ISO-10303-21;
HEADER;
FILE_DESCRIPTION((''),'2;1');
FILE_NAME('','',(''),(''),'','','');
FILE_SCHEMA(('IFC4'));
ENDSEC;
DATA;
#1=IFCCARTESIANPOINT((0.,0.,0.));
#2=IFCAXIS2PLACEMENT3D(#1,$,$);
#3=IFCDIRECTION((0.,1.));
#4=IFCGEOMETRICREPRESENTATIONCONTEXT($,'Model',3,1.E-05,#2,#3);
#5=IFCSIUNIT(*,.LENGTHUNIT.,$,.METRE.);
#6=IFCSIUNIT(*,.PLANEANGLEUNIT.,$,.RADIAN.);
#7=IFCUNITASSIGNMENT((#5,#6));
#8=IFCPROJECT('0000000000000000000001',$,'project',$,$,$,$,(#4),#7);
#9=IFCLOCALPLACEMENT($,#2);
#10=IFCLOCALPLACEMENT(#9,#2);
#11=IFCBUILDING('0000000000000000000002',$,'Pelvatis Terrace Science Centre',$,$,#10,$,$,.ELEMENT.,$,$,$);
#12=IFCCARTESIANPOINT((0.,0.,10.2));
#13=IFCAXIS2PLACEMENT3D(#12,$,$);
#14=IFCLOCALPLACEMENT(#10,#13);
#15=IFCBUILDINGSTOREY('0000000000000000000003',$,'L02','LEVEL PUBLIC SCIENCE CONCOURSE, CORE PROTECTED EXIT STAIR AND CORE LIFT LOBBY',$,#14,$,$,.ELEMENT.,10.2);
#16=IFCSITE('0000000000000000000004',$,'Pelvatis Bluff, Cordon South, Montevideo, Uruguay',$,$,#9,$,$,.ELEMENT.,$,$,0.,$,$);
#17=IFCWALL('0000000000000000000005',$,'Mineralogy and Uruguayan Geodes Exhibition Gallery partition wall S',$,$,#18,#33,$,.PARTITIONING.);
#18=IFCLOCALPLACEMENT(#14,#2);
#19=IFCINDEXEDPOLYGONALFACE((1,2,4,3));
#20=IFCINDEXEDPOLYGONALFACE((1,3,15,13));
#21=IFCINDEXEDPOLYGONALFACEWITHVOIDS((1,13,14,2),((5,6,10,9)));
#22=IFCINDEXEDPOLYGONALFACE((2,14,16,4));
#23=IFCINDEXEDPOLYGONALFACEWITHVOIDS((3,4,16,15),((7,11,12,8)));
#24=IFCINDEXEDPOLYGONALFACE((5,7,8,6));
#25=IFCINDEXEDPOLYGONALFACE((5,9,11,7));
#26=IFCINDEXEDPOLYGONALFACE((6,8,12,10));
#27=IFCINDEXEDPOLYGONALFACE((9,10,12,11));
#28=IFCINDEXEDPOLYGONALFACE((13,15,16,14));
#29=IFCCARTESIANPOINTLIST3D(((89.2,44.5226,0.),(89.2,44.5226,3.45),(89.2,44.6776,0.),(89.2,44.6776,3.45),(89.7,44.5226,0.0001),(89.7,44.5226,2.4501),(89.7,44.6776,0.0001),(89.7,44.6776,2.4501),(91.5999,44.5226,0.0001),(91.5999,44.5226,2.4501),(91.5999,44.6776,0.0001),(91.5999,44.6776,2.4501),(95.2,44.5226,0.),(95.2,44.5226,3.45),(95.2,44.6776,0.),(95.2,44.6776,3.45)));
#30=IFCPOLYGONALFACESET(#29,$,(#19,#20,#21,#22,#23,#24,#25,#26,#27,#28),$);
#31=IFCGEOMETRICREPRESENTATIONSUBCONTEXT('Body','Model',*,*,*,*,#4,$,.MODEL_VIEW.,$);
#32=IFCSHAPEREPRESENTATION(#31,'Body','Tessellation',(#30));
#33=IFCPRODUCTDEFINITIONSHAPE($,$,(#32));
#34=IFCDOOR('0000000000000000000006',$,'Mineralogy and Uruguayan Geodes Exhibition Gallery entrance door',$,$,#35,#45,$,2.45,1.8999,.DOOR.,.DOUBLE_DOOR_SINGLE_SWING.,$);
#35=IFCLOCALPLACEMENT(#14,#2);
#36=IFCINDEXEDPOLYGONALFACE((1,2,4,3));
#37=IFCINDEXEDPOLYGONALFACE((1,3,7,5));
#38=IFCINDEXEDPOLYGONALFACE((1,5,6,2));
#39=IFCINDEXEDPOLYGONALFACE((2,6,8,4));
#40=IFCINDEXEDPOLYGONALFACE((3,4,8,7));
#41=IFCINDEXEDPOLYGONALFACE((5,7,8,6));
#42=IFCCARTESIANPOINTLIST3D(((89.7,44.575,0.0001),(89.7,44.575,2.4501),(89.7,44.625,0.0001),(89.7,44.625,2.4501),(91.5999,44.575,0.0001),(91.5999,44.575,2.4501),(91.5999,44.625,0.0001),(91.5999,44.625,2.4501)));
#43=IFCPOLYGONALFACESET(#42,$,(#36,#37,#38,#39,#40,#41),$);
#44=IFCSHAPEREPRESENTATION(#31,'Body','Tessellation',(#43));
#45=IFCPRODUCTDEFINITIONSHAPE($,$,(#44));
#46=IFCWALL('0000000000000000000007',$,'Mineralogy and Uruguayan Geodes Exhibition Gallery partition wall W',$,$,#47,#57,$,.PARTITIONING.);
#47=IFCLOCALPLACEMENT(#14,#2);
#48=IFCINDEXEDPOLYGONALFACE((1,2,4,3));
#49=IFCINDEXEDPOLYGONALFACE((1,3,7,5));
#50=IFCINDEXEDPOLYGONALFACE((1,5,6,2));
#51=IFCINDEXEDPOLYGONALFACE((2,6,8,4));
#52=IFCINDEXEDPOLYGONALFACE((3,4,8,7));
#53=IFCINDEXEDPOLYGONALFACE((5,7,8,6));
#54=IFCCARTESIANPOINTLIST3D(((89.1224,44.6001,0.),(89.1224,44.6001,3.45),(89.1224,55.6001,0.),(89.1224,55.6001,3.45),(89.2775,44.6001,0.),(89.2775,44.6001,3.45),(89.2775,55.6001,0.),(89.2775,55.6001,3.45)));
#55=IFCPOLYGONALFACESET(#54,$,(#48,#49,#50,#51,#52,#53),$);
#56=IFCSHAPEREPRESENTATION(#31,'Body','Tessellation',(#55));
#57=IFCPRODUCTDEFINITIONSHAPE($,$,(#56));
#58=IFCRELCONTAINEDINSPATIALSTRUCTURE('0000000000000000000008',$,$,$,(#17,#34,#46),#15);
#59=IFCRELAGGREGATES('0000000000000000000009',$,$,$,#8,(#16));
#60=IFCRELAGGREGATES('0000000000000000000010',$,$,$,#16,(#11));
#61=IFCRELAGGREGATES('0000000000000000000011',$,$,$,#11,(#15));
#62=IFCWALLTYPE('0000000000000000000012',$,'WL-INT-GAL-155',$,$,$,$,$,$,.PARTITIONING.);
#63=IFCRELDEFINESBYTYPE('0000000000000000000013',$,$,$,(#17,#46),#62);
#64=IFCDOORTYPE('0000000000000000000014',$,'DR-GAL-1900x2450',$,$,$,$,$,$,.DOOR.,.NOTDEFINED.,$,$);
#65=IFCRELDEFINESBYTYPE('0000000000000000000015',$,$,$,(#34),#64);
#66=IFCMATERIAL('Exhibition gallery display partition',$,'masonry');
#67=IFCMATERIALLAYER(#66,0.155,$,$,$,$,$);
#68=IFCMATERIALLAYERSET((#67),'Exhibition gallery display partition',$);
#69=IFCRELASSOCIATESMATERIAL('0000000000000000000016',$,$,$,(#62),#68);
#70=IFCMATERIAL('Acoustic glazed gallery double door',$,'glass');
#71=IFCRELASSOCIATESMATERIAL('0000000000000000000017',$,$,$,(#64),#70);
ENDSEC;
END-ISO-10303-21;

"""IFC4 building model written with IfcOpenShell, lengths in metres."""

from ifc_helpers import new_model, si_unit, direction, frame, frame_2d, origin, place, context, subcontext, project, spatial, rectangle, extrude, material, layer, layer_set, type_object, element, fill, save


model = new_model("IFC4")

# Units and contexts
model_context = context("Model", 3, precision=1e-05, world=origin(), true_north=direction((0.0, 1.0)))
body_context = subcontext(model_context, "Body", "Model", "MODEL_VIEW")
ifc_project = project(units=[si_unit("LENGTHUNIT", "METRE"), si_unit("PLANEANGLEUNIT", "RADIAN")], contexts=[model_context])

# Site, building, storey
site_placement = place(None, origin())
site = spatial("IfcSite", under=ifc_project, at=site_placement, Name="Pelvatis Bluff, Cordon South, Montevideo, Uruguay", CompositionType="ELEMENT", RefElevation=0.0)
building_placement = place(site_placement, origin())
building = spatial("IfcBuilding", under=site, at=building_placement, Name="Pelvatis Terrace Science Centre", CompositionType="ELEMENT")
storey_placement = place(building_placement, frame((0.0, 0.0, 10.2)))
storey = spatial("IfcBuildingStorey", under=building, at=storey_placement, Name="L02", Description="LEVEL PUBLIC SCIENCE CONCOURSE, CORE PROTECTED EXIT STAIR AND CORE LIFT LOBBY", CompositionType="ELEMENT", Elevation=10.2)

# Wall, opening, door
ifc_material_1 = material(Name="Exhibition gallery display partition", Category="masonry")
ifc_layer_1 = layer(ifc_material_1, 0.155)
ifc_layer_set_1 = layer_set([ifc_layer_1], Name="Exhibition gallery display partition")
wall_type = type_object("IfcWallType", Name="WL-INT-GAL-155", PredefinedType="PARTITIONING", material=ifc_layer_set_1)
wall_1_placement = place(storey_placement, frame((89.2, 44.6001, 0.0), z_axis=(0.0, 0.0, 1.0), x_axis=(1.0, 0.0, 0.0)))
wall_1 = element("IfcWall", 1, at=wall_1_placement, inside=storey, type_object=wall_type, Name="Mineralogy and Uruguayan Geodes Exhibition Gallery partition wall S", PredefinedType="PARTITIONING", context=body_context, shape_type="SweptSolid", body=[
    extrude(rectangle(XDim=6.0, YDim=0.155, at=frame_2d((3.0, 0.0))), origin(), (0.0, 0.0, 1.0), 3.45),
])
opening_placement = place(wall_1_placement, frame((0.5, 0.0, 0.0)))
opening = element("IfcOpeningElement", 2, at=opening_placement, cuts=wall_1, PredefinedType="OPENING", context=body_context, shape_type="SweptSolid", body=[
    extrude(rectangle(XDim=1.8999, YDim=2.45, at=frame_2d((0.95, 1.2251))), frame((0.0, 0.0874, 0.0), z_axis=(0.0, -1.0, 0.0), x_axis=(1.0, 0.0, 0.0)), (0.0, 0.0, 1.0), 0.175),
])
ifc_material_2 = material(Name="Acoustic glazed gallery double door", Category="glass")
door_type = type_object("IfcDoorType", Name="DR-GAL-1900x2450", OperationType="NOTDEFINED", PredefinedType="DOOR", material=ifc_material_2)
door_placement = place(opening_placement, origin())
door = element("IfcDoor", 3, at=door_placement, inside=storey, type_object=door_type, Name="Mineralogy and Uruguayan Geodes Exhibition Gallery entrance door", OperationType="DOUBLE_DOOR_SINGLE_SWING", OverallHeight=2.45, OverallWidth=1.8999, PredefinedType="DOOR", context=body_context, shape_type="SweptSolid", body=[
    extrude(rectangle(XDim=1.8999, YDim=2.45, at=frame_2d((0.95, 1.2251))), frame((0.0, 0.0249, 0.0), z_axis=(0.0, -1.0, 0.0), x_axis=(1.0, 0.0, 0.0)), (0.0, 0.0, 1.0), 0.05),
])
fill(opening, door)

# Wall
wall_2_placement = place(storey_placement, frame((89.2, 55.6001, 0.0), z_axis=(0.0, 0.0, 1.0), x_axis=(0.0, -1.0, 0.0)))
element("IfcWall", 4, at=wall_2_placement, inside=storey, type_object=wall_type, Name="Mineralogy and Uruguayan Geodes Exhibition Gallery partition wall W", PredefinedType="PARTITIONING", context=body_context, shape_type="SweptSolid", body=[
    extrude(rectangle(XDim=11.0, YDim=0.155, at=frame_2d((5.5, 0.0))), origin(), (0.0, 0.0, 1.0), 3.45),
])

save(model, "model.ifc")
